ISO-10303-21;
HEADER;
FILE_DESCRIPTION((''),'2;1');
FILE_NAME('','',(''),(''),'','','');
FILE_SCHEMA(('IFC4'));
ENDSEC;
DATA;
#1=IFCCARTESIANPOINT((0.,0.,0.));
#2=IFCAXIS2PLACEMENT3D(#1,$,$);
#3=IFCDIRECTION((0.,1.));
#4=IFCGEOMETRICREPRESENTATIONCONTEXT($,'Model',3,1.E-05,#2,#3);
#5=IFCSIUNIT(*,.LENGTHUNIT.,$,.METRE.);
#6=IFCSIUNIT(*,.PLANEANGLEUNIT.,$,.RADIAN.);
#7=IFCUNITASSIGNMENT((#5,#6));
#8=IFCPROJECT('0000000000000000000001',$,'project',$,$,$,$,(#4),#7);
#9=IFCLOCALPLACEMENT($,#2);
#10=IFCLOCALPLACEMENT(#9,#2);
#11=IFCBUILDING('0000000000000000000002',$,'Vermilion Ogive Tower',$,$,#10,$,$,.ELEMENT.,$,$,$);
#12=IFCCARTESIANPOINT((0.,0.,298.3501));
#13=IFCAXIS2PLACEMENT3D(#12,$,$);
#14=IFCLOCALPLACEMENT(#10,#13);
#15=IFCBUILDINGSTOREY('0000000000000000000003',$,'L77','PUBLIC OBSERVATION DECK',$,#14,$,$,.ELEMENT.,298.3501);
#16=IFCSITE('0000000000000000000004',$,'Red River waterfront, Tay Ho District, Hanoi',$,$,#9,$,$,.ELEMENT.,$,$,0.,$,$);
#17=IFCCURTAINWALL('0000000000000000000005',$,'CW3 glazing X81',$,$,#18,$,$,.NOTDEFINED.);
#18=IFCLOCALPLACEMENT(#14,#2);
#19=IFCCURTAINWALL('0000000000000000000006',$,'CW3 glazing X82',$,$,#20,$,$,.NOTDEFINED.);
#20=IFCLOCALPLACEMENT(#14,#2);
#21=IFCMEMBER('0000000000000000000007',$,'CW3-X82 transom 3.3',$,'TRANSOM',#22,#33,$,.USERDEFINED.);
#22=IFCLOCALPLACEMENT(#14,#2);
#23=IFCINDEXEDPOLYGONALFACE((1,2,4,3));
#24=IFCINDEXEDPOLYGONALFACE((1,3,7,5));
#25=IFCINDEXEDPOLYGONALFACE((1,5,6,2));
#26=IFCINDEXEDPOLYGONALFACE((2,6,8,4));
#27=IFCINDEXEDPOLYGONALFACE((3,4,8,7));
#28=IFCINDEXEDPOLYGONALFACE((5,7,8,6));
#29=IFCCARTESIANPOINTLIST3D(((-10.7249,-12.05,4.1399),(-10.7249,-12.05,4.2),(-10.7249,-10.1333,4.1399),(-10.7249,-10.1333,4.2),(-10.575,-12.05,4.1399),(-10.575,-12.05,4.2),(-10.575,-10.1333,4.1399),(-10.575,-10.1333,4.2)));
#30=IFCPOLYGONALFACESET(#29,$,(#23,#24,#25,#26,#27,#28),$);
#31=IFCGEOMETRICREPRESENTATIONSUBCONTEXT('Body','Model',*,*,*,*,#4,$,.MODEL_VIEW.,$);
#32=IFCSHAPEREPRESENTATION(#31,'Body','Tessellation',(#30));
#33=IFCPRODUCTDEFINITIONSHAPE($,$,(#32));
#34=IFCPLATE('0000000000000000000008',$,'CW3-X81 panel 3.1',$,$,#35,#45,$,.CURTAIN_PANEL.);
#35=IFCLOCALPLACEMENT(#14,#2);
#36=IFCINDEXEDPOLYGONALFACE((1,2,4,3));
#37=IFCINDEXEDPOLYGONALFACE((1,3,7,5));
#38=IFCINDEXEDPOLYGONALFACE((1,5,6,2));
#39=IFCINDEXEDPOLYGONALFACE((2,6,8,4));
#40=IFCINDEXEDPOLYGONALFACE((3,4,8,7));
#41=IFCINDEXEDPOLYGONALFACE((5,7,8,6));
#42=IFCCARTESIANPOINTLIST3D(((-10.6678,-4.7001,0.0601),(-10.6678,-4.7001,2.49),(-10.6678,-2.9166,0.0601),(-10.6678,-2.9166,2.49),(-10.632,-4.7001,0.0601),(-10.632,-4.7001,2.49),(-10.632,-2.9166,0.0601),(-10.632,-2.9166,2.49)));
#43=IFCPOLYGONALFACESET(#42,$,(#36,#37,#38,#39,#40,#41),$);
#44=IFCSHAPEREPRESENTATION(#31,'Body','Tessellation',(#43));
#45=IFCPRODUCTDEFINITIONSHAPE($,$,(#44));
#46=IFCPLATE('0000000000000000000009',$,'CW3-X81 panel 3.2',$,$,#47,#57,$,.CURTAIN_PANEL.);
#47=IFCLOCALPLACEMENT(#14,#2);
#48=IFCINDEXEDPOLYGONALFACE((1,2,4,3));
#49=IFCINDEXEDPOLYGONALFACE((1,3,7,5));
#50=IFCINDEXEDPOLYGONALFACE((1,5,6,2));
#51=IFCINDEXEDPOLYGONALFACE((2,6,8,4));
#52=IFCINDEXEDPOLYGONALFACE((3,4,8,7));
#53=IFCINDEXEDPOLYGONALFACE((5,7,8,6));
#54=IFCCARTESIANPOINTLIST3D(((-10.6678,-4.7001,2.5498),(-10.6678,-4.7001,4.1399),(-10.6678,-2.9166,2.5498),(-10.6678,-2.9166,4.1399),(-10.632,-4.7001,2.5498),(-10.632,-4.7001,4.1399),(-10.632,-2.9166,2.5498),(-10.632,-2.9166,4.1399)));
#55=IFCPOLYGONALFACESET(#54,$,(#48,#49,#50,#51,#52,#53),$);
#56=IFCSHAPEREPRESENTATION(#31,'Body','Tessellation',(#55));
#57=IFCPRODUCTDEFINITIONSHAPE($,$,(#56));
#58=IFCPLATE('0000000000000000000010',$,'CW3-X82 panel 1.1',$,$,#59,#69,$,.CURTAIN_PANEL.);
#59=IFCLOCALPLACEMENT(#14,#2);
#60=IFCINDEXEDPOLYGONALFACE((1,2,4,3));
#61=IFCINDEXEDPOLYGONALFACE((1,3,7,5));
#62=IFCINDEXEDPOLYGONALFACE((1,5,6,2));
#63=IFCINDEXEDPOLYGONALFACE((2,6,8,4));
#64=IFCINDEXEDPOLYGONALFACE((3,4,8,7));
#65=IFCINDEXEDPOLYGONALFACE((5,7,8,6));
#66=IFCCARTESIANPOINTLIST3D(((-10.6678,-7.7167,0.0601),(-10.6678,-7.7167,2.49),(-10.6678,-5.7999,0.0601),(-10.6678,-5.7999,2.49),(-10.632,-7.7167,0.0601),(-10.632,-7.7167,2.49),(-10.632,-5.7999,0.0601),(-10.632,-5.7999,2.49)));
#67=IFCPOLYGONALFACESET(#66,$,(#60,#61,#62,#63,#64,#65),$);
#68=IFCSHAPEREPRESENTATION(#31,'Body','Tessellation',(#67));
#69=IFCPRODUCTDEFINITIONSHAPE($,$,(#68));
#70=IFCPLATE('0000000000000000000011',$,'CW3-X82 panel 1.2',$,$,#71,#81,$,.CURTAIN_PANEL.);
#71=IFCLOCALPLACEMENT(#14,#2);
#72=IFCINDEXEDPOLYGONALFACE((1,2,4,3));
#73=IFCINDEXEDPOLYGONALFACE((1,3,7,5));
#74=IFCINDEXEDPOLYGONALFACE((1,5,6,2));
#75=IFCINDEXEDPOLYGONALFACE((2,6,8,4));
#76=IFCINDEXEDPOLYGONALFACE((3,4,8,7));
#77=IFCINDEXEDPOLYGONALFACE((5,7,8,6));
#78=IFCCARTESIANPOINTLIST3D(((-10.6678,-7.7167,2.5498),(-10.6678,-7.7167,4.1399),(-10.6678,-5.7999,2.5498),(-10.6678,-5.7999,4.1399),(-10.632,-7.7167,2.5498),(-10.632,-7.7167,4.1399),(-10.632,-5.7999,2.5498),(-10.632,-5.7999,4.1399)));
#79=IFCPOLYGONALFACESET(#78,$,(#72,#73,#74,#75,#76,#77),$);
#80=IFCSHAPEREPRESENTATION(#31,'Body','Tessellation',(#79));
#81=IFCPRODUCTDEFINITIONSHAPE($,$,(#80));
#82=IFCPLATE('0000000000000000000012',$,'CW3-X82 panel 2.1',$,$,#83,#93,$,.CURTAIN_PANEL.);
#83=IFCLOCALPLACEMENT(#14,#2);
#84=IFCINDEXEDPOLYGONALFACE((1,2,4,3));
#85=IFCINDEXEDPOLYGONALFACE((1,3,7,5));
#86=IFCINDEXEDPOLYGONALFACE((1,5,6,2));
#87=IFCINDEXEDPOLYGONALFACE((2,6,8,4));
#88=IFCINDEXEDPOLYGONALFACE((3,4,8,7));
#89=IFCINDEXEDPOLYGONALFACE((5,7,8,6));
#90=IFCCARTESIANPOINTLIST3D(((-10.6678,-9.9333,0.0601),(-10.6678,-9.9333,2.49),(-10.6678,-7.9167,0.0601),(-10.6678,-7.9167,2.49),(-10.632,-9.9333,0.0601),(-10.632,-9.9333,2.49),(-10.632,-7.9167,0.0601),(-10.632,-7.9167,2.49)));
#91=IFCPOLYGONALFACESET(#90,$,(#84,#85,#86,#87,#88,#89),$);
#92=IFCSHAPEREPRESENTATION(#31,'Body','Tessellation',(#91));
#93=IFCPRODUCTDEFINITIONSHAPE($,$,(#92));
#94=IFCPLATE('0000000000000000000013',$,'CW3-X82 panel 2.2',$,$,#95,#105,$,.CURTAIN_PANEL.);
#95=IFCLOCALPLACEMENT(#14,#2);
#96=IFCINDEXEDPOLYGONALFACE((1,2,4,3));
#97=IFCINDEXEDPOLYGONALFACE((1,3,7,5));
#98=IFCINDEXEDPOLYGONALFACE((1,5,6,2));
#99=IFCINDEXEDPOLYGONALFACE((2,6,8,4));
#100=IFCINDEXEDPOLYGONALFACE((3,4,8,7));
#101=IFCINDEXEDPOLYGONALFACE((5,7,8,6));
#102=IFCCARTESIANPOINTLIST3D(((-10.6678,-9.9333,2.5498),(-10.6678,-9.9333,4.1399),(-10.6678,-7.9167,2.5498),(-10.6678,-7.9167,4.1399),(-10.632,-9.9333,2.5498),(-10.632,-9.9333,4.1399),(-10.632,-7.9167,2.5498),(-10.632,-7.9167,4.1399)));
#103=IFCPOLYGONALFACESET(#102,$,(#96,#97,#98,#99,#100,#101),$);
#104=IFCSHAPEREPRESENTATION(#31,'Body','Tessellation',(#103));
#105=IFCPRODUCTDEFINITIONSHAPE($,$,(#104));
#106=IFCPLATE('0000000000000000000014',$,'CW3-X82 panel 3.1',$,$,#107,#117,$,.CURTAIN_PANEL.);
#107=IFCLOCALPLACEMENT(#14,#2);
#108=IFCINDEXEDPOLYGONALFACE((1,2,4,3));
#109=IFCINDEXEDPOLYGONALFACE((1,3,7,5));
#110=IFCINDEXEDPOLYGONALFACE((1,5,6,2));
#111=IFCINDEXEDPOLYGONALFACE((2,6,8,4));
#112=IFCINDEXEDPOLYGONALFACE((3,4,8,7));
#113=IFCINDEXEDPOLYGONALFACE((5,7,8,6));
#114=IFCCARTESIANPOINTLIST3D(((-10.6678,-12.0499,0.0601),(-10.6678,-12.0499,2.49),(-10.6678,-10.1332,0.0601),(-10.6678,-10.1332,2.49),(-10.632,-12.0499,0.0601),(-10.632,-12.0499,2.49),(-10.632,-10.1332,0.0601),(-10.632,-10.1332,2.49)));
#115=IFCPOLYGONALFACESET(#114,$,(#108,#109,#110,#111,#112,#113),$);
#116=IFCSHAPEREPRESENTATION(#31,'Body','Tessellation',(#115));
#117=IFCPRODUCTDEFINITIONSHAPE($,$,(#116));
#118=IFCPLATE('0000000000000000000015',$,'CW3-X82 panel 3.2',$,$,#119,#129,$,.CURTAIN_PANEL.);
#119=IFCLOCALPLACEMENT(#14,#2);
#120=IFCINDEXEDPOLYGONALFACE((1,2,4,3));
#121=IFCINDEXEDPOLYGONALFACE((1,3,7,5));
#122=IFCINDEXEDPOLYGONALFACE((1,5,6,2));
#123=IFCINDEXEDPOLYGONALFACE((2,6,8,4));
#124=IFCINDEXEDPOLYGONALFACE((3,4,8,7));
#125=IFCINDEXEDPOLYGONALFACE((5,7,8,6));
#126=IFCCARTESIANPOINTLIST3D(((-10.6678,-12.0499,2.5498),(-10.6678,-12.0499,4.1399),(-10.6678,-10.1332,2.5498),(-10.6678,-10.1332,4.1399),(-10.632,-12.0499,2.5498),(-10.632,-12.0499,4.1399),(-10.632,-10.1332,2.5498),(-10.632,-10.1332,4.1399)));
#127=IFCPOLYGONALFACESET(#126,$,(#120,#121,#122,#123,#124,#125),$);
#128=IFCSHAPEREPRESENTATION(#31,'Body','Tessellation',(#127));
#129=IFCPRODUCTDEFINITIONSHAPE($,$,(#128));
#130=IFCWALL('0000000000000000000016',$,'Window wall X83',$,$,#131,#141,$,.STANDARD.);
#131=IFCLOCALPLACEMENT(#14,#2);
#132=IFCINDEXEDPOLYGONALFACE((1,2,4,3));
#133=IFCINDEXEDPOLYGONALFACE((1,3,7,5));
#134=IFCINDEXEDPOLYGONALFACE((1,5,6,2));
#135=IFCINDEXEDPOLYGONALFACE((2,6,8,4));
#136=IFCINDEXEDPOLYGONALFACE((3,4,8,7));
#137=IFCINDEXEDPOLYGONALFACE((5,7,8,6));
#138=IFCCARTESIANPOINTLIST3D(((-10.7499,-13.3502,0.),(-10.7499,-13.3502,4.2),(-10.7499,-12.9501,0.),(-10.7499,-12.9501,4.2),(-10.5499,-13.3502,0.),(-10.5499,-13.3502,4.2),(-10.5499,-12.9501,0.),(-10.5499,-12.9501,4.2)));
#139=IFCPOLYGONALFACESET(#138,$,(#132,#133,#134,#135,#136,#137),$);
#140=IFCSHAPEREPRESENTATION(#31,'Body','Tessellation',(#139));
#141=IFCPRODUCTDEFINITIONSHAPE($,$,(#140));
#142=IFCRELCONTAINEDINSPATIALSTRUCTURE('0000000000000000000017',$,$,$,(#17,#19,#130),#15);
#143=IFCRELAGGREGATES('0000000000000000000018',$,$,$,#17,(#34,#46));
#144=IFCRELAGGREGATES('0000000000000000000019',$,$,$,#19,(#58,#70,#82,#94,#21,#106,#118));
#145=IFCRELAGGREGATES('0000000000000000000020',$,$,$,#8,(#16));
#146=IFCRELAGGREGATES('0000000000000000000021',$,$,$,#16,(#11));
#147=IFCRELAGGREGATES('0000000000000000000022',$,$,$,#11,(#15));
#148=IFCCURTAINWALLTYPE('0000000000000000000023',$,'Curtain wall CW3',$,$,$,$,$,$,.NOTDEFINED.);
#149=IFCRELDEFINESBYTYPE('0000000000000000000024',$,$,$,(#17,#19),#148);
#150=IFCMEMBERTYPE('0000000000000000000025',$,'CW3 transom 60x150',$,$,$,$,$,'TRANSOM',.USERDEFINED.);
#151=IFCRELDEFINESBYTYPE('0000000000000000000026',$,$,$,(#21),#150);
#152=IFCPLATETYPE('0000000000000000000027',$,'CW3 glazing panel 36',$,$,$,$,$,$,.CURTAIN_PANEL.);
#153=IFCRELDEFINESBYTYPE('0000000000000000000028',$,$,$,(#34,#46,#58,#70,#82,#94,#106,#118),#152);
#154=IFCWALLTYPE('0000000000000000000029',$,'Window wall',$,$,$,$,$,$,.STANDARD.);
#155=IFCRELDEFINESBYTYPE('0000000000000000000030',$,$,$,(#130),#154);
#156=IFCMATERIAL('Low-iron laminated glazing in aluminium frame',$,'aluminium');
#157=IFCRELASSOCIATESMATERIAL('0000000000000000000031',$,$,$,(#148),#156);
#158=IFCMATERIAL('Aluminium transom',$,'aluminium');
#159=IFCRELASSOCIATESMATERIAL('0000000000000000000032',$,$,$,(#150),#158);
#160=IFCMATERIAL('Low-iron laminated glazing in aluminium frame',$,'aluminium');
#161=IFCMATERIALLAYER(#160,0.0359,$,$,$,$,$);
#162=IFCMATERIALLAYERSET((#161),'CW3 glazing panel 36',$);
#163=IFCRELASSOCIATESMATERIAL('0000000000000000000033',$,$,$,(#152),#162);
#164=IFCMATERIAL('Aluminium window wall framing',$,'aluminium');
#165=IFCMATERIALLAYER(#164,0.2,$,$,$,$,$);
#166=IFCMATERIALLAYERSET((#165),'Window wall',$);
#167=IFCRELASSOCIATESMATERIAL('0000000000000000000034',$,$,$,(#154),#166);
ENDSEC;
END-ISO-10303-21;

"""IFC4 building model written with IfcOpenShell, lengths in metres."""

from ifc_helpers import new_model, si_unit, direction, frame, frame_2d, origin, origin_2d, place, context, subcontext, project, spatial, rectangle, extrude, material, layer, layer_set, material_profile, profile_set, type_object, element, aggregate, save


model = new_model("IFC4")

# Units and contexts
model_context = context("Model", 3, precision=1e-05, world=origin(), true_north=direction((0.0, 1.0)))
body_context = subcontext(model_context, "Body", "Model", "MODEL_VIEW")
ifc_project = project(units=[si_unit("LENGTHUNIT", "METRE"), si_unit("PLANEANGLEUNIT", "RADIAN")], contexts=[model_context])

# Site, building, storey
site_placement = place(None, origin())
site = spatial("IfcSite", under=ifc_project, at=site_placement, Name="Red River waterfront, Tay Ho District, Hanoi", CompositionType="ELEMENT", RefElevation=0.0)
building_placement = place(site_placement, origin())
building = spatial("IfcBuilding", under=site, at=building_placement, Name="Vermilion Ogive Tower", CompositionType="ELEMENT")
storey_placement = place(building_placement, frame((0.0, 0.0, 298.3501)))
storey = spatial("IfcBuildingStorey", under=building, at=storey_placement, Name="L77", Description="PUBLIC OBSERVATION DECK", CompositionType="ELEMENT", Elevation=298.3501)

# Curtain wall
ifc_material_1 = material(Name="Low-iron laminated glazing in aluminium frame", Category="aluminium")
curtain_wall_type = type_object("IfcCurtainWallType", Name="Curtain wall CW3", PredefinedType="NOTDEFINED", material=ifc_material_1)
curtain_wall_1_placement = place(storey_placement, origin())
curtain_wall_1 = element("IfcCurtainWall", 1, at=curtain_wall_1_placement, inside=storey, type_object=curtain_wall_type, Name="CW3 glazing X81", PredefinedType="NOTDEFINED")

# Curtain wall
curtain_wall_2_placement = place(storey_placement, origin())
curtain_wall_2 = element("IfcCurtainWall", 2, at=curtain_wall_2_placement, inside=storey, type_object=curtain_wall_type, Name="CW3 glazing X82", PredefinedType="NOTDEFINED")

# Member
ifc_material_2 = material(Name="Aluminium transom", Category="aluminium")
ifc_material_profile_1 = material_profile(ifc_material_2, rectangle(XDim=0.1499, YDim=0.0601, at=origin_2d()), Name="AL 60x150")
ifc_profile_set_1 = profile_set([ifc_material_profile_1], Name="Aluminium transom")
member_type_1 = type_object("IfcMemberType", Name="CW3 transom 60x150", ElementType="TRANSOM", PredefinedType="USERDEFINED", material=ifc_profile_set_1)
member_1_placement = place(storey_placement, frame((-10.6499, -10.1333, 4.1699), z_axis=(0.0, -1.0, 0.0), x_axis=(1.0, 0.0, 0.0)))
member_1 = element("IfcMember", 3, at=member_1_placement, type_object=member_type_1, Name="CW3-X82 transom 3.3", ObjectType="TRANSOM", PredefinedType="USERDEFINED", context=body_context, shape_type="SweptSolid", body=[
    extrude(rectangle(XDim=0.1499, YDim=0.0601, at=origin_2d()), origin(), (0.0, 0.0, 1.0), 1.9167),
])

# Plates
ifc_material_3 = material(Name="Low-iron laminated glazing in aluminium frame", Category="aluminium")
ifc_layer_1 = layer(ifc_material_3, 0.0359)
ifc_layer_set_1 = layer_set([ifc_layer_1], Name="CW3 glazing panel 36")
plate_type = type_object("IfcPlateType", Name="CW3 glazing panel 36", PredefinedType="CURTAIN_PANEL", material=ifc_layer_set_1)
plate_1_placement = place(storey_placement, frame((-10.6499, -3.8083, 0.0601), z_axis=(0.0, 0.0, 1.0), x_axis=(0.0, -1.0, 0.0)))
plate_1 = element("IfcPlate", 4, at=plate_1_placement, type_object=plate_type, Name="CW3-X81 panel 3.1", PredefinedType="CURTAIN_PANEL", context=body_context, shape_type="SweptSolid", body=[
    extrude(rectangle(XDim=1.7834, YDim=0.0359, at=origin_2d()), origin(), (0.0, 0.0, 1.0), 2.4299),
])
plate_2_placement = place(storey_placement, frame((-10.6499, -3.8083, 2.5498), z_axis=(0.0, 0.0, 1.0), x_axis=(0.0, -1.0, 0.0)))
plate_2 = element("IfcPlate", 5, at=plate_2_placement, type_object=plate_type, Name="CW3-X81 panel 3.2", PredefinedType="CURTAIN_PANEL", context=body_context, shape_type="SweptSolid", body=[
    extrude(rectangle(XDim=1.7834, YDim=0.0359, at=origin_2d()), origin(), (0.0, 0.0, 1.0), 1.5901),
])
aggregate(curtain_wall_1, [plate_1, plate_2])
plate_3_placement = place(storey_placement, frame((-10.6499, -6.7583, 0.0601), z_axis=(0.0, 0.0, 1.0), x_axis=(0.0, -1.0, 0.0)))
plate_3 = element("IfcPlate", 6, at=plate_3_placement, type_object=plate_type, Name="CW3-X82 panel 1.1", PredefinedType="CURTAIN_PANEL", context=body_context, shape_type="SweptSolid", body=[
    extrude(rectangle(XDim=1.9167, YDim=0.0359, at=origin_2d()), origin(), (0.0, 0.0, 1.0), 2.4299),
])
plate_4_placement = place(storey_placement, frame((-10.6499, -6.7583, 2.5498), z_axis=(0.0, 0.0, 1.0), x_axis=(0.0, -1.0, 0.0)))
plate_4 = element("IfcPlate", 7, at=plate_4_placement, type_object=plate_type, Name="CW3-X82 panel 1.2", PredefinedType="CURTAIN_PANEL", context=body_context, shape_type="SweptSolid", body=[
    extrude(rectangle(XDim=1.9167, YDim=0.0359, at=origin_2d()), origin(), (0.0, 0.0, 1.0), 1.5901),
])
plate_5_placement = place(storey_placement, frame((-10.6499, -8.925, 0.0601), z_axis=(0.0, 0.0, 1.0), x_axis=(0.0, -1.0, 0.0)))
plate_5 = element("IfcPlate", 8, at=plate_5_placement, type_object=plate_type, Name="CW3-X82 panel 2.1", PredefinedType="CURTAIN_PANEL", context=body_context, shape_type="SweptSolid", body=[
    extrude(rectangle(XDim=2.0166, YDim=0.0359, at=origin_2d()), origin(), (0.0, 0.0, 1.0), 2.4299),
])
plate_6_placement = place(storey_placement, frame((-10.6499, -8.925, 2.5498), z_axis=(0.0, 0.0, 1.0), x_axis=(0.0, -1.0, 0.0)))
plate_6 = element("IfcPlate", 9, at=plate_6_placement, type_object=plate_type, Name="CW3-X82 panel 2.2", PredefinedType="CURTAIN_PANEL", context=body_context, shape_type="SweptSolid", body=[
    extrude(rectangle(XDim=2.0166, YDim=0.0359, at=origin_2d()), origin(), (0.0, 0.0, 1.0), 1.5901),
])
plate_7_placement = place(storey_placement, frame((-10.6499, -11.0916, 0.0601), z_axis=(0.0, 0.0, 1.0), x_axis=(0.0, -1.0, 0.0)))
plate_7 = element("IfcPlate", 10, at=plate_7_placement, type_object=plate_type, Name="CW3-X82 panel 3.1", PredefinedType="CURTAIN_PANEL", context=body_context, shape_type="SweptSolid", body=[
    extrude(rectangle(XDim=1.9167, YDim=0.0359, at=origin_2d()), origin(), (0.0, 0.0, 1.0), 2.4299),
])
plate_8_placement = place(storey_placement, frame((-10.6499, -11.0916, 2.5498), z_axis=(0.0, 0.0, 1.0), x_axis=(0.0, -1.0, 0.0)))
plate_8 = element("IfcPlate", 11, at=plate_8_placement, type_object=plate_type, Name="CW3-X82 panel 3.2", PredefinedType="CURTAIN_PANEL", context=body_context, shape_type="SweptSolid", body=[
    extrude(rectangle(XDim=1.9167, YDim=0.0359, at=origin_2d()), origin(), (0.0, 0.0, 1.0), 1.5901),
])
aggregate(curtain_wall_2, [plate_3, plate_4, plate_5, plate_6, member_1, plate_7, plate_8])

# Wall
ifc_material_4 = material(Name="Aluminium window wall framing", Category="aluminium")
ifc_layer_2 = layer(ifc_material_4, 0.2)
ifc_layer_set_2 = layer_set([ifc_layer_2], Name="Window wall")
wall_type = type_object("IfcWallType", Name="Window wall", PredefinedType="STANDARD", material=ifc_layer_set_2)
wall_placement = place(storey_placement, frame((-10.6499, -12.95, 0.0), z_axis=(0.0, 0.0, 1.0), x_axis=(0.0, -1.0, 0.0)))
element("IfcWall", 12, at=wall_placement, inside=storey, type_object=wall_type, Name="Window wall X83", PredefinedType="STANDARD", context=body_context, shape_type="SweptSolid", body=[
    extrude(rectangle(XDim=0.4001, YDim=0.2, at=frame_2d((0.2002, 0.0))), origin(), (0.0, 0.0, 1.0), 4.2),
])

save(model, "model.ifc")
